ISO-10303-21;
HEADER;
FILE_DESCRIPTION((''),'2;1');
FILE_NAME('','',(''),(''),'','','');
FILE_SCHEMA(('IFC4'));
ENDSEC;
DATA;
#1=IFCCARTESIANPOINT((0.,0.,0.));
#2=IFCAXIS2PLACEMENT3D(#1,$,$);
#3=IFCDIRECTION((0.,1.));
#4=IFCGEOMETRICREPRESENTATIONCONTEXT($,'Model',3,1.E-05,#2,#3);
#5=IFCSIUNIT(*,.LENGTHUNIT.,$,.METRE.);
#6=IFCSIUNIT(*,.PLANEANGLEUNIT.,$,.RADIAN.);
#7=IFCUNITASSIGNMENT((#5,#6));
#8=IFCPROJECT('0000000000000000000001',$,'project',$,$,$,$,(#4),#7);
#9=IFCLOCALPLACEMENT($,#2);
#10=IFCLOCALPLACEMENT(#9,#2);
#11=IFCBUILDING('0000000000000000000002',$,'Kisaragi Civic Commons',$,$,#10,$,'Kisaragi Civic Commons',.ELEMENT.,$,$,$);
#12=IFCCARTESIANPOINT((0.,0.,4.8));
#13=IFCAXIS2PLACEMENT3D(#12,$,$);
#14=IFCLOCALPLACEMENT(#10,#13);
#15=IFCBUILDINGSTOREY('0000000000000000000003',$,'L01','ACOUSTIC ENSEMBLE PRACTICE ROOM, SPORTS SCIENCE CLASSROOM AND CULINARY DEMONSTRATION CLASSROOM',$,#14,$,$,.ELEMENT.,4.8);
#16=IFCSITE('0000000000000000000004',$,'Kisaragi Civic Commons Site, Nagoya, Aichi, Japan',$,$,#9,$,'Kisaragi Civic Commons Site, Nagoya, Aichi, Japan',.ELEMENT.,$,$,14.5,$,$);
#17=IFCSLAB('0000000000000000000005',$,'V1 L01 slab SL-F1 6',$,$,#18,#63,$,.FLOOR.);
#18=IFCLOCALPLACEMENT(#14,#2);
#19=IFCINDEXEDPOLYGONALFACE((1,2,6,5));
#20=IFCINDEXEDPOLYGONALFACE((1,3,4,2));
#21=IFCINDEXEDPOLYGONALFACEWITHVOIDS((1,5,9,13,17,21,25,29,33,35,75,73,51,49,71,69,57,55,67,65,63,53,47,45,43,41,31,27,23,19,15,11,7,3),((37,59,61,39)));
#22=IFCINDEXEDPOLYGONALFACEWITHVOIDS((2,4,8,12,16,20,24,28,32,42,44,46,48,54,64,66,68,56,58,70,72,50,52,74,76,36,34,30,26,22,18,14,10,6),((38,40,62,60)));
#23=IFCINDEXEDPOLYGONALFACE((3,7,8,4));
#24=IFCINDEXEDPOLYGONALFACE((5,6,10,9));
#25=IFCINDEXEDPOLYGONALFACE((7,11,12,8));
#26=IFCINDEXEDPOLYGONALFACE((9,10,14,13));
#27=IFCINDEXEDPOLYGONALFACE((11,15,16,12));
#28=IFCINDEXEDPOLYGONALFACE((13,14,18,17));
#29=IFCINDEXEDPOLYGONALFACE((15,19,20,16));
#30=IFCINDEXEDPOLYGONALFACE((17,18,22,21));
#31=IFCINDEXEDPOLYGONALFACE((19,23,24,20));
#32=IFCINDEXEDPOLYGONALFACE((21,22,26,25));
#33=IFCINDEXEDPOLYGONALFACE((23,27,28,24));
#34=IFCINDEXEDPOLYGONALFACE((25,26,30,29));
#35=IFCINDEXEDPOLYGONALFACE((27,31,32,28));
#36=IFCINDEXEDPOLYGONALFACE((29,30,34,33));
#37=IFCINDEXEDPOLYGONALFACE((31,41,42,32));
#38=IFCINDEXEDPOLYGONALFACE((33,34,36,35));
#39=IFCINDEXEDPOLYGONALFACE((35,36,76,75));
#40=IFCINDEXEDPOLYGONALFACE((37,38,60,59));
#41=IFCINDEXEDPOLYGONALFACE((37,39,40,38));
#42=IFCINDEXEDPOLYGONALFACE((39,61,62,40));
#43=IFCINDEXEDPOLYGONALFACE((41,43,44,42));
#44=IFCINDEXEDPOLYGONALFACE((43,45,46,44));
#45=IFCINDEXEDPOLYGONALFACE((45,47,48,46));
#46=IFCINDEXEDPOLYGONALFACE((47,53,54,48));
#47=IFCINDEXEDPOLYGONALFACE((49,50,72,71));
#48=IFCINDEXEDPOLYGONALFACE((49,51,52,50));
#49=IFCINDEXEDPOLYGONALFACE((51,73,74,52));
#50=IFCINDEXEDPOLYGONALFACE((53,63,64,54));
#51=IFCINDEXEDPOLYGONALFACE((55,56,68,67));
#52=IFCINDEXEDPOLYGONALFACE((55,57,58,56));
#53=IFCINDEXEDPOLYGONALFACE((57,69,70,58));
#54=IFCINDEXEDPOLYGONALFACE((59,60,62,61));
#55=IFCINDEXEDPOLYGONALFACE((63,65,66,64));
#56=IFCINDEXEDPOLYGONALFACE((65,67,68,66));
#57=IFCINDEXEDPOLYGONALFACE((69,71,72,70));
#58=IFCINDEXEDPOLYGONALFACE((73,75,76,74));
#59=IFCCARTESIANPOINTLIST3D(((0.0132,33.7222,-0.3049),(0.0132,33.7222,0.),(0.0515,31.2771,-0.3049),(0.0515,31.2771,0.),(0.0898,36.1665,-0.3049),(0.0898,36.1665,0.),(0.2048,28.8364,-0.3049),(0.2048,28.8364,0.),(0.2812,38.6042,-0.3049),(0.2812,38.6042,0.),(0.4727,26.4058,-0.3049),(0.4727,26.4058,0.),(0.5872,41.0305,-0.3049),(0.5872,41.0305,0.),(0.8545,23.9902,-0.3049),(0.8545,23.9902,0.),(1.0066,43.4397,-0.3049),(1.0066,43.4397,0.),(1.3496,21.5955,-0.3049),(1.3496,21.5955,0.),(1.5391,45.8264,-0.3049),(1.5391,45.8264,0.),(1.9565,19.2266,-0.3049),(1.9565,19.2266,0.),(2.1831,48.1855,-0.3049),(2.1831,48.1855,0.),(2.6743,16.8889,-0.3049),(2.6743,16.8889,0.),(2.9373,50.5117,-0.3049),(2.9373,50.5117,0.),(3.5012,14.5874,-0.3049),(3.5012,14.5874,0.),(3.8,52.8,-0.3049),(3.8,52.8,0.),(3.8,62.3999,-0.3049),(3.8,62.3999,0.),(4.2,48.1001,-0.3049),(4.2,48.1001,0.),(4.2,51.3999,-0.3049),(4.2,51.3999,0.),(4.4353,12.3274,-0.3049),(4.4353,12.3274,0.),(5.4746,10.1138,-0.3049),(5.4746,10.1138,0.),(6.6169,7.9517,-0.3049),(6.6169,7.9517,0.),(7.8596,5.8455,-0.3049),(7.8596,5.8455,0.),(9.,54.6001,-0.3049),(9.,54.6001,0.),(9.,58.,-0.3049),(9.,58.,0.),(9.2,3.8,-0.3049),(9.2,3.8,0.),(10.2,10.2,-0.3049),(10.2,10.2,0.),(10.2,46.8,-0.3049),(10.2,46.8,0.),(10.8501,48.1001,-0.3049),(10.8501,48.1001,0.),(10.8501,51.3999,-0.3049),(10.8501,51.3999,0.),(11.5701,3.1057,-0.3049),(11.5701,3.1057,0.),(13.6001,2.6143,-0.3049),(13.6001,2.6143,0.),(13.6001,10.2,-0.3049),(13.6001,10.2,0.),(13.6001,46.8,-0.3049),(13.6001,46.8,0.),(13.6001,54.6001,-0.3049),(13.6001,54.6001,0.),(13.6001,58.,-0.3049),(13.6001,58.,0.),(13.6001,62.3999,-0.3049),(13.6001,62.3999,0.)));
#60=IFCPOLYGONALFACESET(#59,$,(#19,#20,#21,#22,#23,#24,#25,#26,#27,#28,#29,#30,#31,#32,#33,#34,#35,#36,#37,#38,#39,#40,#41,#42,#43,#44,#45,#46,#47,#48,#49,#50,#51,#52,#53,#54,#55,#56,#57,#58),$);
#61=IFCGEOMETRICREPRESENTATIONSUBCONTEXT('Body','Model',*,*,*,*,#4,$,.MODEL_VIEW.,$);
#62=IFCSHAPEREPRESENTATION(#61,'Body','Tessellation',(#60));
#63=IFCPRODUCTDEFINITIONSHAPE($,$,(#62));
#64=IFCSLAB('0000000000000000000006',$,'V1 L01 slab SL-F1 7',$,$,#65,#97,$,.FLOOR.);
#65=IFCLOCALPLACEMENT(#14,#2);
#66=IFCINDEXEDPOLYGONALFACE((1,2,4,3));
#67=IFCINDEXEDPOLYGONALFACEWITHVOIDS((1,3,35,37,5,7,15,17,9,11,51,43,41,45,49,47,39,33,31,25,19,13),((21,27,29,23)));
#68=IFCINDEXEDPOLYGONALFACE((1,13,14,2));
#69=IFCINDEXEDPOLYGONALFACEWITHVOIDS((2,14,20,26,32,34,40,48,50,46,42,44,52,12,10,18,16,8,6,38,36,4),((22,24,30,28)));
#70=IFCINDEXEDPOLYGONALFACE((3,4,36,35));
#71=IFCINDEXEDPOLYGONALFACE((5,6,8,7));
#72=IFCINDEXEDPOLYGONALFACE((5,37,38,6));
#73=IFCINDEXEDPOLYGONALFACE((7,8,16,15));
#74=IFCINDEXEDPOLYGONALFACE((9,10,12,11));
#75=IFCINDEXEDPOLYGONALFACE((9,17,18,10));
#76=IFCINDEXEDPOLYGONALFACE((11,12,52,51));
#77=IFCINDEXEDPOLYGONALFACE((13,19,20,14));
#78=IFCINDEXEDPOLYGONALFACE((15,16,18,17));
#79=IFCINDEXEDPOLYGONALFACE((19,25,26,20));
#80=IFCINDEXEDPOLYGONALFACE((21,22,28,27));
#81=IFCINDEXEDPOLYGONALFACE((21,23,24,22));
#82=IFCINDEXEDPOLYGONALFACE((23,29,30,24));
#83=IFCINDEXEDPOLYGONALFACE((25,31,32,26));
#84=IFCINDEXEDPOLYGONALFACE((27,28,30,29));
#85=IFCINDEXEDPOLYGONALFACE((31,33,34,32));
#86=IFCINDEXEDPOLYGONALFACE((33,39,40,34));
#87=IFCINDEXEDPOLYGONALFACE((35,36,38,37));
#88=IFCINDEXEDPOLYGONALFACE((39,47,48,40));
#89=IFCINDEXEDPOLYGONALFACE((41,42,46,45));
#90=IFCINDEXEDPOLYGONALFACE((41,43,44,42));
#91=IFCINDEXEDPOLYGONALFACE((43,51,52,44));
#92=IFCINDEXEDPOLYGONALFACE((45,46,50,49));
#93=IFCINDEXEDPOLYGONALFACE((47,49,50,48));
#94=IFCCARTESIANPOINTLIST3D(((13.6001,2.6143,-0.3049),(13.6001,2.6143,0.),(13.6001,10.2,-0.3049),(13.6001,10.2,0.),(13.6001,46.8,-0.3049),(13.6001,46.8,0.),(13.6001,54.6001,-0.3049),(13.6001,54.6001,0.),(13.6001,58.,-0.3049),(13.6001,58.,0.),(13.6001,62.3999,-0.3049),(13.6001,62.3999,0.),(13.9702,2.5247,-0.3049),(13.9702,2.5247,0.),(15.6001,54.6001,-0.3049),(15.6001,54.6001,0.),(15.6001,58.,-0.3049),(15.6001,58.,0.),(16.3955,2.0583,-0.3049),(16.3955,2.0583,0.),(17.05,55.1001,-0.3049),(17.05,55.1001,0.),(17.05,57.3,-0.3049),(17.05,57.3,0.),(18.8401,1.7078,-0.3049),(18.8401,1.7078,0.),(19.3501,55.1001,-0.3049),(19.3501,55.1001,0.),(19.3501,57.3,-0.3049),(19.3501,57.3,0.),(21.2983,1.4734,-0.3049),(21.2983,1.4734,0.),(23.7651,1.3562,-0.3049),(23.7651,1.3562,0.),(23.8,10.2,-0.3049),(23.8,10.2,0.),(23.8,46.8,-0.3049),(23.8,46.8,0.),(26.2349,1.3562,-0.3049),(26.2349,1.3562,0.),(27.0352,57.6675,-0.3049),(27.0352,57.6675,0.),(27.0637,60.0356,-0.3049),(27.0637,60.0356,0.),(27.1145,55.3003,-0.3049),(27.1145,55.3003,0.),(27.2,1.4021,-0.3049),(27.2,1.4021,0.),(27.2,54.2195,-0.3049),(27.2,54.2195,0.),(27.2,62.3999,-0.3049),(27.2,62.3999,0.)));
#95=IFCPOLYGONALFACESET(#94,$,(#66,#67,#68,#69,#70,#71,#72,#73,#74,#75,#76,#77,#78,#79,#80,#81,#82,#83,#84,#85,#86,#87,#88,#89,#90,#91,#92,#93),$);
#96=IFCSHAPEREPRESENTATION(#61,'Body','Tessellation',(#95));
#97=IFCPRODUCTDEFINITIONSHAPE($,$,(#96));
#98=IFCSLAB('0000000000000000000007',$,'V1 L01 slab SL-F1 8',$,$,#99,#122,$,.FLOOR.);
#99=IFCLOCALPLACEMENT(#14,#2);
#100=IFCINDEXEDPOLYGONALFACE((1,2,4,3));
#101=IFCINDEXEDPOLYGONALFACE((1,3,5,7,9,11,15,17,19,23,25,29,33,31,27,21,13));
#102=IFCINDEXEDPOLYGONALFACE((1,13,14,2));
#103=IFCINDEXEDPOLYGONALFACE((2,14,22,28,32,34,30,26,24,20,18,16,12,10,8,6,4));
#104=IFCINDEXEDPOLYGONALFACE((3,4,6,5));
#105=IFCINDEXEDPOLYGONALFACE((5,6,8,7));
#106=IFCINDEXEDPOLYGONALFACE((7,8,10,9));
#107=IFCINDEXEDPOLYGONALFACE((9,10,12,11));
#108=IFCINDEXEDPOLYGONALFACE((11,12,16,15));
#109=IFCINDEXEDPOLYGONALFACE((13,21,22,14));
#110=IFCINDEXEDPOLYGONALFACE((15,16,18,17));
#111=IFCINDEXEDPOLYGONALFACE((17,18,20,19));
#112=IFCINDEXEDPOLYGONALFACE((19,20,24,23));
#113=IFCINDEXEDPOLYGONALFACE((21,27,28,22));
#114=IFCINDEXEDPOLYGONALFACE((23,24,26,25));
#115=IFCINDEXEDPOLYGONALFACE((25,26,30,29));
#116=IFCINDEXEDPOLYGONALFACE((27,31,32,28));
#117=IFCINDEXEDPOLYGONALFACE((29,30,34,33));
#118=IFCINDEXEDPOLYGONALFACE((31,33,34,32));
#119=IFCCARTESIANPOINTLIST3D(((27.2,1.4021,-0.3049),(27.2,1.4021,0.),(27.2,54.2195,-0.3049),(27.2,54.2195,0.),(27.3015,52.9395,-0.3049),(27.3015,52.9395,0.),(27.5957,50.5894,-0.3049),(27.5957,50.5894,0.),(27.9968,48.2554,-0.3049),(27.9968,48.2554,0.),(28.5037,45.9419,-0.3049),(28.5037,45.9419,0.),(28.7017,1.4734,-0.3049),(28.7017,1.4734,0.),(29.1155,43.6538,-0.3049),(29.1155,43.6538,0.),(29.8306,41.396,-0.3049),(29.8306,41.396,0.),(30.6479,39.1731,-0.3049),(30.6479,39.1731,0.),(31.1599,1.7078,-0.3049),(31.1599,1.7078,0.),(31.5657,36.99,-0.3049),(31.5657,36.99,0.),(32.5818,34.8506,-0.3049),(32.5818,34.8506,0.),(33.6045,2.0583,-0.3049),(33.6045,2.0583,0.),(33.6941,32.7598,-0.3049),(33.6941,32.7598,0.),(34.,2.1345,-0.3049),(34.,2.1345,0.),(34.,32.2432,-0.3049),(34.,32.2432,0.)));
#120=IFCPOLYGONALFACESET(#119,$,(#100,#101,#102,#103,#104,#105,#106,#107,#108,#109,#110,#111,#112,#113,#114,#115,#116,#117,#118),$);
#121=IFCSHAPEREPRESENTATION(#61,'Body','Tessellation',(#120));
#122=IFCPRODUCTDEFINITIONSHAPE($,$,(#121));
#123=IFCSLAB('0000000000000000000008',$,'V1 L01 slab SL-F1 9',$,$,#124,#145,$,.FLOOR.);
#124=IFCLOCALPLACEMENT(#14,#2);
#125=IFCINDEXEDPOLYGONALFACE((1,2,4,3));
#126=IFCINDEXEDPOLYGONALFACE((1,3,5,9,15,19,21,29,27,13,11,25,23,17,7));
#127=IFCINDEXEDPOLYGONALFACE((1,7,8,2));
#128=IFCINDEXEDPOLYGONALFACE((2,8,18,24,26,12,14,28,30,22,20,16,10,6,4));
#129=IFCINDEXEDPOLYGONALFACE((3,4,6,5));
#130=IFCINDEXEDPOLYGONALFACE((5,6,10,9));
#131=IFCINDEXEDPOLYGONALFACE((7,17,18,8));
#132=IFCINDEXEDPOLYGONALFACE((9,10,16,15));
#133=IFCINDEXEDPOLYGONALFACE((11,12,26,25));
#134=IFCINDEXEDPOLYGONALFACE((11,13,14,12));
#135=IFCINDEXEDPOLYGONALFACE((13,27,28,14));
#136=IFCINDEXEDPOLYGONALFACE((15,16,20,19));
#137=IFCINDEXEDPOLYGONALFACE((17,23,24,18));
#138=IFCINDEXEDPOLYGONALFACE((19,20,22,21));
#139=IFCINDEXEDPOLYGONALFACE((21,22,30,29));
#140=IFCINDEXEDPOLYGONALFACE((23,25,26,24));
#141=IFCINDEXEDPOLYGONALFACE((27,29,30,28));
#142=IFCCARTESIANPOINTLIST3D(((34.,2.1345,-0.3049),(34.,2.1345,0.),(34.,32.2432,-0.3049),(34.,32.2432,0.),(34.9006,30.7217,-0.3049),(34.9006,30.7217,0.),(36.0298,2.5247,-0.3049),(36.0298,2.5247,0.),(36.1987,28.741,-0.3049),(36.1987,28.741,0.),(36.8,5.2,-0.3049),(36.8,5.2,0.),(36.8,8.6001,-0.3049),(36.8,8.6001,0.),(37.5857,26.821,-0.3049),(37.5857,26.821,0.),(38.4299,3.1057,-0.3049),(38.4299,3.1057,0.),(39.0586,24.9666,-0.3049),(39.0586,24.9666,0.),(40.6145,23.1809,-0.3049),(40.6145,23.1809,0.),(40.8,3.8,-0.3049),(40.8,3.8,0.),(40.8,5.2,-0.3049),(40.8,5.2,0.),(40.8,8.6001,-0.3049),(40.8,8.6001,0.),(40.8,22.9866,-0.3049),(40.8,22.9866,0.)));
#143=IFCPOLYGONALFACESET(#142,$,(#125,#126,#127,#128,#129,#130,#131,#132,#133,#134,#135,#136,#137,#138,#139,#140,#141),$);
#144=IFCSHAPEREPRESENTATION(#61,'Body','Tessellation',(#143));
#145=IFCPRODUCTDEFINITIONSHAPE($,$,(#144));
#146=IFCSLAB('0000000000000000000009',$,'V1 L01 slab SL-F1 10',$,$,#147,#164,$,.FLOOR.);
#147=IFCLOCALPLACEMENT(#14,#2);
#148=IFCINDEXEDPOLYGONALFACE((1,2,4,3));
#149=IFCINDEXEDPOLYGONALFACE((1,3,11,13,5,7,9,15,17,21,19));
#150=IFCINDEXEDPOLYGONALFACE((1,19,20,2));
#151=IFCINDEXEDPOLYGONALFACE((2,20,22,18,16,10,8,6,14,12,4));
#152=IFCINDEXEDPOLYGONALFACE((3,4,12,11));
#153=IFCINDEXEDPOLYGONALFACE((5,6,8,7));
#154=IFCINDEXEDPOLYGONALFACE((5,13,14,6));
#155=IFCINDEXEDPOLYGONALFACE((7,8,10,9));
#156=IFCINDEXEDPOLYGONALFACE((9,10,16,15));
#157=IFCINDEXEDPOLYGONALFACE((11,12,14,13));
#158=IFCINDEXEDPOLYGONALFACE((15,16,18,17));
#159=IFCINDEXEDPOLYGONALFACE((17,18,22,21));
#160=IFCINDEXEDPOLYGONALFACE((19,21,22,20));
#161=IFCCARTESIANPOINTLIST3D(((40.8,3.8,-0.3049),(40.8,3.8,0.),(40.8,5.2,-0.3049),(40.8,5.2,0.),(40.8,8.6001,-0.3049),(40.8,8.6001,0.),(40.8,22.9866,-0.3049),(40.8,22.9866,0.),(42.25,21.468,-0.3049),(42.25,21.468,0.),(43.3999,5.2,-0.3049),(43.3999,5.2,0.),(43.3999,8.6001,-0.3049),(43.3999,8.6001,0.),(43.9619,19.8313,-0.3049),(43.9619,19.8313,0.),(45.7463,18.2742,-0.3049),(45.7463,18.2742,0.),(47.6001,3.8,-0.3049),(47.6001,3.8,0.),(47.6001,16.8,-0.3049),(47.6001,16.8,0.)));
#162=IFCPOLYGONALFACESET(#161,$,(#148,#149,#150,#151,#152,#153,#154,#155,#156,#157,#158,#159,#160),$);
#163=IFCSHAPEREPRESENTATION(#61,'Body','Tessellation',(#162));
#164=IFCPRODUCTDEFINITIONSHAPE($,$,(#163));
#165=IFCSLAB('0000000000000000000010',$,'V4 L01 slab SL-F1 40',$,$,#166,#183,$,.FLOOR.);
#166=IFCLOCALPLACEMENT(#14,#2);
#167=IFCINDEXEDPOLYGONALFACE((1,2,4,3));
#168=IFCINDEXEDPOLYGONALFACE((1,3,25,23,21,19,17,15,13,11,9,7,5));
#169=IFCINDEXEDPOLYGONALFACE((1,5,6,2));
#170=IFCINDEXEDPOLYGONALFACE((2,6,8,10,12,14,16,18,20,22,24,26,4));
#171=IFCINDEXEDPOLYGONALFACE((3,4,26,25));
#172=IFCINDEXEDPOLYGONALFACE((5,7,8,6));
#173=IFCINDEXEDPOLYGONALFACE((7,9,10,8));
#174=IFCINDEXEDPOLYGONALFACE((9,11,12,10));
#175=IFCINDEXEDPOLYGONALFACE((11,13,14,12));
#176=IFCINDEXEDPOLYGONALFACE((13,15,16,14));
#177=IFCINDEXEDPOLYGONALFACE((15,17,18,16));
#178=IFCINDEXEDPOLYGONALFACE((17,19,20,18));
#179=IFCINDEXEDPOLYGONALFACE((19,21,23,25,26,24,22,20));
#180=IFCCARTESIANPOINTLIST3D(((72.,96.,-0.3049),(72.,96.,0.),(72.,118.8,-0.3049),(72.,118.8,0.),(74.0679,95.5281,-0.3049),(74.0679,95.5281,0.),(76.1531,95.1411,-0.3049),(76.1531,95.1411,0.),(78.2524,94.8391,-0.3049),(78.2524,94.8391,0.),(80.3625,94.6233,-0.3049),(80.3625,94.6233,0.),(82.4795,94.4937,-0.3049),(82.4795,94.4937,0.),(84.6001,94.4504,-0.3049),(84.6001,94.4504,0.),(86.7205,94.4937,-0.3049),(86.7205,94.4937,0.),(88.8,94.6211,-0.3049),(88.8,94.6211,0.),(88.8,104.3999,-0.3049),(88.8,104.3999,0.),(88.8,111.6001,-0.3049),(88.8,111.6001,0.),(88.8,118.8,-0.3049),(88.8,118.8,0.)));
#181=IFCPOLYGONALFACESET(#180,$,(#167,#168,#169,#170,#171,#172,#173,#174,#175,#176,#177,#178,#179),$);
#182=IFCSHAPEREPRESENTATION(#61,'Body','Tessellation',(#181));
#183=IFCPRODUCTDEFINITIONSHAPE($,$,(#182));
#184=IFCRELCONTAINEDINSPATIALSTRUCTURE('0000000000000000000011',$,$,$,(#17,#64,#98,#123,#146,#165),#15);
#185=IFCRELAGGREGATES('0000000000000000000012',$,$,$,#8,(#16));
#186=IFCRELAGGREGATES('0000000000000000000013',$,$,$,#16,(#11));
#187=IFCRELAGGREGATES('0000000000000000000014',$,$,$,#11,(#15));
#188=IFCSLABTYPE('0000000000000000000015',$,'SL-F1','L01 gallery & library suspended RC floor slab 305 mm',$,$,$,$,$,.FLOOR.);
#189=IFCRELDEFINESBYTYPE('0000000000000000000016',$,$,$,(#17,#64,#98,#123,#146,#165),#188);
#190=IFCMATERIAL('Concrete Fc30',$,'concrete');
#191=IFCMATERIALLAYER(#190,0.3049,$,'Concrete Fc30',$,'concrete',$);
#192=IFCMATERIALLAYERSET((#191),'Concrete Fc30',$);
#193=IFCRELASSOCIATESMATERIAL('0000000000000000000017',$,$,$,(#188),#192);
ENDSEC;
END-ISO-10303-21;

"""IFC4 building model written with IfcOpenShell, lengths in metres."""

from ifc_helpers import new_model, si_unit, direction, frame, origin, place, context, subcontext, project, spatial, polyline, outline, extrude, material, layer, layer_set, type_object, element, save


model = new_model("IFC4")

# Units and contexts
model_context = context("Model", 3, precision=1e-05, world=origin(), true_north=direction((0.0, 1.0)))
body_context = subcontext(model_context, "Body", "Model", "MODEL_VIEW")
ifc_project = project(units=[si_unit("LENGTHUNIT", "METRE"), si_unit("PLANEANGLEUNIT", "RADIAN")], contexts=[model_context])

# Site, building, storey
site_placement = place(None, origin())
site = spatial("IfcSite", under=ifc_project, at=site_placement, Name="Kisaragi Civic Commons Site, Nagoya, Aichi, Japan", LongName="Kisaragi Civic Commons Site, Nagoya, Aichi, Japan", CompositionType="ELEMENT", RefElevation=14.5)
building_placement = place(site_placement, origin())
building = spatial("IfcBuilding", under=site, at=building_placement, Name="Kisaragi Civic Commons", LongName="Kisaragi Civic Commons", CompositionType="ELEMENT")
storey_placement = place(building_placement, frame((0.0, 0.0, 4.8)))
storey = spatial("IfcBuildingStorey", under=building, at=storey_placement, Name="L01", Description="ACOUSTIC ENSEMBLE PRACTICE ROOM, SPORTS SCIENCE CLASSROOM AND CULINARY DEMONSTRATION CLASSROOM", CompositionType="ELEMENT", Elevation=4.8)

# Slabs
ifc_material = material(Name="Concrete Fc30", Category="concrete")
ifc_layer_1 = layer(ifc_material, 0.3049, Name="Concrete Fc30", Category="concrete")
ifc_layer_set_1 = layer_set([ifc_layer_1], Name="Concrete Fc30")
slab_type_1 = type_object("IfcSlabType", Name="SL-F1", Description="L01 gallery & library suspended RC floor slab 305 mm", PredefinedType="FLOOR", material=ifc_layer_set_1)
slab_1_placement = place(storey_placement, frame((0.0, 0.0, -0.3049)))
element("IfcSlab", 1, at=slab_1_placement, inside=storey, type_object=slab_type_1, Name="V1 L01 slab SL-F1 6", PredefinedType="FLOOR", context=body_context, shape_type="SweptSolid", body=[
    extrude(outline(polyline([(13.6001, 2.6143), (13.6001, 10.2), (10.2, 10.2), (10.2, 46.8), (13.6001, 46.8), (13.6001, 54.6001), (9.0, 54.6001), (9.0, 58.0), (13.6001, 58.0), (13.6001, 62.3999), (3.8, 62.3999), (3.8, 52.8), (2.9373, 50.5117), (2.1831, 48.1855), (1.5391, 45.8264), (1.0066, 43.4397), (0.5872, 41.0305), (0.2812, 38.6042), (0.0898, 36.1665), (0.0132, 33.7222), (0.0515, 31.2771), (0.2048, 28.8364), (0.4727, 26.4058), (0.8545, 23.9902), (1.3496, 21.5955), (1.9565, 19.2266), (2.6743, 16.8889), (3.5012, 14.5874), (4.4353, 12.3274), (5.4746, 10.1138), (6.6169, 7.9517), (7.8596, 5.8455), (9.2, 3.8), (11.5701, 3.1057), (13.6001, 2.6143)]), holes=[polyline([(10.8501, 51.3999), (4.2, 51.3999), (4.2, 48.1001), (10.8501, 48.1001), (10.8501, 51.3999)])]), origin(), (0.0, 0.0, 1.0), 0.3049),
])
slab_2_placement = place(storey_placement, frame((0.0, 0.0, -0.3049)))
element("IfcSlab", 2, at=slab_2_placement, inside=storey, type_object=slab_type_1, Name="V1 L01 slab SL-F1 7", PredefinedType="FLOOR", context=body_context, shape_type="SweptSolid", body=[
    extrude(outline(polyline([(27.2, 62.3999), (13.6001, 62.3999), (13.6001, 58.0), (15.6001, 58.0), (15.6001, 54.6001), (13.6001, 54.6001), (13.6001, 46.8), (23.8, 46.8), (23.8, 10.2), (13.6001, 10.2), (13.6001, 2.6143), (13.9702, 2.5247), (16.3955, 2.0583), (18.8401, 1.7078), (21.2983, 1.4734), (23.7651, 1.3562), (26.2349, 1.3562), (27.2, 1.4021), (27.2, 54.2195), (27.1145, 55.3003), (27.0352, 57.6675), (27.0637, 60.0356), (27.2, 62.3999)]), holes=[polyline([(17.05, 57.3), (17.05, 55.1001), (19.3501, 55.1001), (19.3501, 57.3), (17.05, 57.3)])]), origin(), (0.0, 0.0, 1.0), 0.3049),
])
slab_3_placement = place(storey_placement, frame((0.0, 0.0, -0.3049)))
element("IfcSlab", 3, at=slab_3_placement, inside=storey, type_object=slab_type_1, Name="V1 L01 slab SL-F1 8", PredefinedType="FLOOR", context=body_context, shape_type="SweptSolid", body=[
    extrude(outline(polyline([(27.2, 54.2195), (27.2, 1.4021), (28.7017, 1.4734), (31.1599, 1.7078), (33.6045, 2.0583), (34.0, 2.1345), (34.0, 32.2432), (33.6941, 32.7598), (32.5818, 34.8506), (31.5657, 36.99), (30.6479, 39.1731), (29.8306, 41.396), (29.1155, 43.6538), (28.5037, 45.9419), (27.9968, 48.2554), (27.5957, 50.5894), (27.3015, 52.9395), (27.2, 54.2195)])), origin(), (0.0, 0.0, 1.0), 0.3049),
])
slab_4_placement = place(storey_placement, frame((0.0, 0.0, -0.3049)))
element("IfcSlab", 4, at=slab_4_placement, inside=storey, type_object=slab_type_1, Name="V1 L01 slab SL-F1 9", PredefinedType="FLOOR", context=body_context, shape_type="SweptSolid", body=[
    extrude(outline(polyline([(34.0, 32.2432), (34.0, 2.1345), (36.0298, 2.5247), (38.4299, 3.1057), (40.8, 3.8), (40.8, 5.2), (36.8, 5.2), (36.8, 8.6001), (40.8, 8.6001), (40.8, 22.9866), (40.6145, 23.1809), (39.0586, 24.9666), (37.5857, 26.821), (36.1987, 28.741), (34.9006, 30.7217), (34.0, 32.2432)])), origin(), (0.0, 0.0, 1.0), 0.3049),
])
slab_5_placement = place(storey_placement, frame((0.0, 0.0, -0.3049)))
element("IfcSlab", 5, at=slab_5_placement, inside=storey, type_object=slab_type_1, Name="V1 L01 slab SL-F1 10", PredefinedType="FLOOR", context=body_context, shape_type="SweptSolid", body=[
    extrude(outline(polyline([(40.8, 22.9866), (40.8, 8.6001), (43.3999, 8.6001), (43.3999, 5.2), (40.8, 5.2), (40.8, 3.8), (47.6001, 3.8), (47.6001, 16.8), (45.7463, 18.2742), (43.9619, 19.8313), (42.25, 21.468), (40.8, 22.9866)])), origin(), (0.0, 0.0, 1.0), 0.3049),
])
slab_6_placement = place(storey_placement, frame((0.0, 0.0, -0.3049)))
element("IfcSlab", 6, at=slab_6_placement, inside=storey, type_object=slab_type_1, Name="V4 L01 slab SL-F1 40", PredefinedType="FLOOR", context=body_context, shape_type="SweptSolid", body=[
    extrude(outline(polyline([(72.0, 118.8), (72.0, 96.0), (74.0679, 95.5281), (76.1531, 95.1411), (78.2524, 94.8391), (80.3625, 94.6233), (82.4795, 94.4937), (84.6001, 94.4504), (86.7205, 94.4937), (88.8, 94.6211), (88.8, 104.3999), (88.8, 111.6001), (88.8, 118.8), (72.0, 118.8)])), origin(), (0.0, 0.0, 1.0), 0.3049),
])

save(model, "model.ifc")
